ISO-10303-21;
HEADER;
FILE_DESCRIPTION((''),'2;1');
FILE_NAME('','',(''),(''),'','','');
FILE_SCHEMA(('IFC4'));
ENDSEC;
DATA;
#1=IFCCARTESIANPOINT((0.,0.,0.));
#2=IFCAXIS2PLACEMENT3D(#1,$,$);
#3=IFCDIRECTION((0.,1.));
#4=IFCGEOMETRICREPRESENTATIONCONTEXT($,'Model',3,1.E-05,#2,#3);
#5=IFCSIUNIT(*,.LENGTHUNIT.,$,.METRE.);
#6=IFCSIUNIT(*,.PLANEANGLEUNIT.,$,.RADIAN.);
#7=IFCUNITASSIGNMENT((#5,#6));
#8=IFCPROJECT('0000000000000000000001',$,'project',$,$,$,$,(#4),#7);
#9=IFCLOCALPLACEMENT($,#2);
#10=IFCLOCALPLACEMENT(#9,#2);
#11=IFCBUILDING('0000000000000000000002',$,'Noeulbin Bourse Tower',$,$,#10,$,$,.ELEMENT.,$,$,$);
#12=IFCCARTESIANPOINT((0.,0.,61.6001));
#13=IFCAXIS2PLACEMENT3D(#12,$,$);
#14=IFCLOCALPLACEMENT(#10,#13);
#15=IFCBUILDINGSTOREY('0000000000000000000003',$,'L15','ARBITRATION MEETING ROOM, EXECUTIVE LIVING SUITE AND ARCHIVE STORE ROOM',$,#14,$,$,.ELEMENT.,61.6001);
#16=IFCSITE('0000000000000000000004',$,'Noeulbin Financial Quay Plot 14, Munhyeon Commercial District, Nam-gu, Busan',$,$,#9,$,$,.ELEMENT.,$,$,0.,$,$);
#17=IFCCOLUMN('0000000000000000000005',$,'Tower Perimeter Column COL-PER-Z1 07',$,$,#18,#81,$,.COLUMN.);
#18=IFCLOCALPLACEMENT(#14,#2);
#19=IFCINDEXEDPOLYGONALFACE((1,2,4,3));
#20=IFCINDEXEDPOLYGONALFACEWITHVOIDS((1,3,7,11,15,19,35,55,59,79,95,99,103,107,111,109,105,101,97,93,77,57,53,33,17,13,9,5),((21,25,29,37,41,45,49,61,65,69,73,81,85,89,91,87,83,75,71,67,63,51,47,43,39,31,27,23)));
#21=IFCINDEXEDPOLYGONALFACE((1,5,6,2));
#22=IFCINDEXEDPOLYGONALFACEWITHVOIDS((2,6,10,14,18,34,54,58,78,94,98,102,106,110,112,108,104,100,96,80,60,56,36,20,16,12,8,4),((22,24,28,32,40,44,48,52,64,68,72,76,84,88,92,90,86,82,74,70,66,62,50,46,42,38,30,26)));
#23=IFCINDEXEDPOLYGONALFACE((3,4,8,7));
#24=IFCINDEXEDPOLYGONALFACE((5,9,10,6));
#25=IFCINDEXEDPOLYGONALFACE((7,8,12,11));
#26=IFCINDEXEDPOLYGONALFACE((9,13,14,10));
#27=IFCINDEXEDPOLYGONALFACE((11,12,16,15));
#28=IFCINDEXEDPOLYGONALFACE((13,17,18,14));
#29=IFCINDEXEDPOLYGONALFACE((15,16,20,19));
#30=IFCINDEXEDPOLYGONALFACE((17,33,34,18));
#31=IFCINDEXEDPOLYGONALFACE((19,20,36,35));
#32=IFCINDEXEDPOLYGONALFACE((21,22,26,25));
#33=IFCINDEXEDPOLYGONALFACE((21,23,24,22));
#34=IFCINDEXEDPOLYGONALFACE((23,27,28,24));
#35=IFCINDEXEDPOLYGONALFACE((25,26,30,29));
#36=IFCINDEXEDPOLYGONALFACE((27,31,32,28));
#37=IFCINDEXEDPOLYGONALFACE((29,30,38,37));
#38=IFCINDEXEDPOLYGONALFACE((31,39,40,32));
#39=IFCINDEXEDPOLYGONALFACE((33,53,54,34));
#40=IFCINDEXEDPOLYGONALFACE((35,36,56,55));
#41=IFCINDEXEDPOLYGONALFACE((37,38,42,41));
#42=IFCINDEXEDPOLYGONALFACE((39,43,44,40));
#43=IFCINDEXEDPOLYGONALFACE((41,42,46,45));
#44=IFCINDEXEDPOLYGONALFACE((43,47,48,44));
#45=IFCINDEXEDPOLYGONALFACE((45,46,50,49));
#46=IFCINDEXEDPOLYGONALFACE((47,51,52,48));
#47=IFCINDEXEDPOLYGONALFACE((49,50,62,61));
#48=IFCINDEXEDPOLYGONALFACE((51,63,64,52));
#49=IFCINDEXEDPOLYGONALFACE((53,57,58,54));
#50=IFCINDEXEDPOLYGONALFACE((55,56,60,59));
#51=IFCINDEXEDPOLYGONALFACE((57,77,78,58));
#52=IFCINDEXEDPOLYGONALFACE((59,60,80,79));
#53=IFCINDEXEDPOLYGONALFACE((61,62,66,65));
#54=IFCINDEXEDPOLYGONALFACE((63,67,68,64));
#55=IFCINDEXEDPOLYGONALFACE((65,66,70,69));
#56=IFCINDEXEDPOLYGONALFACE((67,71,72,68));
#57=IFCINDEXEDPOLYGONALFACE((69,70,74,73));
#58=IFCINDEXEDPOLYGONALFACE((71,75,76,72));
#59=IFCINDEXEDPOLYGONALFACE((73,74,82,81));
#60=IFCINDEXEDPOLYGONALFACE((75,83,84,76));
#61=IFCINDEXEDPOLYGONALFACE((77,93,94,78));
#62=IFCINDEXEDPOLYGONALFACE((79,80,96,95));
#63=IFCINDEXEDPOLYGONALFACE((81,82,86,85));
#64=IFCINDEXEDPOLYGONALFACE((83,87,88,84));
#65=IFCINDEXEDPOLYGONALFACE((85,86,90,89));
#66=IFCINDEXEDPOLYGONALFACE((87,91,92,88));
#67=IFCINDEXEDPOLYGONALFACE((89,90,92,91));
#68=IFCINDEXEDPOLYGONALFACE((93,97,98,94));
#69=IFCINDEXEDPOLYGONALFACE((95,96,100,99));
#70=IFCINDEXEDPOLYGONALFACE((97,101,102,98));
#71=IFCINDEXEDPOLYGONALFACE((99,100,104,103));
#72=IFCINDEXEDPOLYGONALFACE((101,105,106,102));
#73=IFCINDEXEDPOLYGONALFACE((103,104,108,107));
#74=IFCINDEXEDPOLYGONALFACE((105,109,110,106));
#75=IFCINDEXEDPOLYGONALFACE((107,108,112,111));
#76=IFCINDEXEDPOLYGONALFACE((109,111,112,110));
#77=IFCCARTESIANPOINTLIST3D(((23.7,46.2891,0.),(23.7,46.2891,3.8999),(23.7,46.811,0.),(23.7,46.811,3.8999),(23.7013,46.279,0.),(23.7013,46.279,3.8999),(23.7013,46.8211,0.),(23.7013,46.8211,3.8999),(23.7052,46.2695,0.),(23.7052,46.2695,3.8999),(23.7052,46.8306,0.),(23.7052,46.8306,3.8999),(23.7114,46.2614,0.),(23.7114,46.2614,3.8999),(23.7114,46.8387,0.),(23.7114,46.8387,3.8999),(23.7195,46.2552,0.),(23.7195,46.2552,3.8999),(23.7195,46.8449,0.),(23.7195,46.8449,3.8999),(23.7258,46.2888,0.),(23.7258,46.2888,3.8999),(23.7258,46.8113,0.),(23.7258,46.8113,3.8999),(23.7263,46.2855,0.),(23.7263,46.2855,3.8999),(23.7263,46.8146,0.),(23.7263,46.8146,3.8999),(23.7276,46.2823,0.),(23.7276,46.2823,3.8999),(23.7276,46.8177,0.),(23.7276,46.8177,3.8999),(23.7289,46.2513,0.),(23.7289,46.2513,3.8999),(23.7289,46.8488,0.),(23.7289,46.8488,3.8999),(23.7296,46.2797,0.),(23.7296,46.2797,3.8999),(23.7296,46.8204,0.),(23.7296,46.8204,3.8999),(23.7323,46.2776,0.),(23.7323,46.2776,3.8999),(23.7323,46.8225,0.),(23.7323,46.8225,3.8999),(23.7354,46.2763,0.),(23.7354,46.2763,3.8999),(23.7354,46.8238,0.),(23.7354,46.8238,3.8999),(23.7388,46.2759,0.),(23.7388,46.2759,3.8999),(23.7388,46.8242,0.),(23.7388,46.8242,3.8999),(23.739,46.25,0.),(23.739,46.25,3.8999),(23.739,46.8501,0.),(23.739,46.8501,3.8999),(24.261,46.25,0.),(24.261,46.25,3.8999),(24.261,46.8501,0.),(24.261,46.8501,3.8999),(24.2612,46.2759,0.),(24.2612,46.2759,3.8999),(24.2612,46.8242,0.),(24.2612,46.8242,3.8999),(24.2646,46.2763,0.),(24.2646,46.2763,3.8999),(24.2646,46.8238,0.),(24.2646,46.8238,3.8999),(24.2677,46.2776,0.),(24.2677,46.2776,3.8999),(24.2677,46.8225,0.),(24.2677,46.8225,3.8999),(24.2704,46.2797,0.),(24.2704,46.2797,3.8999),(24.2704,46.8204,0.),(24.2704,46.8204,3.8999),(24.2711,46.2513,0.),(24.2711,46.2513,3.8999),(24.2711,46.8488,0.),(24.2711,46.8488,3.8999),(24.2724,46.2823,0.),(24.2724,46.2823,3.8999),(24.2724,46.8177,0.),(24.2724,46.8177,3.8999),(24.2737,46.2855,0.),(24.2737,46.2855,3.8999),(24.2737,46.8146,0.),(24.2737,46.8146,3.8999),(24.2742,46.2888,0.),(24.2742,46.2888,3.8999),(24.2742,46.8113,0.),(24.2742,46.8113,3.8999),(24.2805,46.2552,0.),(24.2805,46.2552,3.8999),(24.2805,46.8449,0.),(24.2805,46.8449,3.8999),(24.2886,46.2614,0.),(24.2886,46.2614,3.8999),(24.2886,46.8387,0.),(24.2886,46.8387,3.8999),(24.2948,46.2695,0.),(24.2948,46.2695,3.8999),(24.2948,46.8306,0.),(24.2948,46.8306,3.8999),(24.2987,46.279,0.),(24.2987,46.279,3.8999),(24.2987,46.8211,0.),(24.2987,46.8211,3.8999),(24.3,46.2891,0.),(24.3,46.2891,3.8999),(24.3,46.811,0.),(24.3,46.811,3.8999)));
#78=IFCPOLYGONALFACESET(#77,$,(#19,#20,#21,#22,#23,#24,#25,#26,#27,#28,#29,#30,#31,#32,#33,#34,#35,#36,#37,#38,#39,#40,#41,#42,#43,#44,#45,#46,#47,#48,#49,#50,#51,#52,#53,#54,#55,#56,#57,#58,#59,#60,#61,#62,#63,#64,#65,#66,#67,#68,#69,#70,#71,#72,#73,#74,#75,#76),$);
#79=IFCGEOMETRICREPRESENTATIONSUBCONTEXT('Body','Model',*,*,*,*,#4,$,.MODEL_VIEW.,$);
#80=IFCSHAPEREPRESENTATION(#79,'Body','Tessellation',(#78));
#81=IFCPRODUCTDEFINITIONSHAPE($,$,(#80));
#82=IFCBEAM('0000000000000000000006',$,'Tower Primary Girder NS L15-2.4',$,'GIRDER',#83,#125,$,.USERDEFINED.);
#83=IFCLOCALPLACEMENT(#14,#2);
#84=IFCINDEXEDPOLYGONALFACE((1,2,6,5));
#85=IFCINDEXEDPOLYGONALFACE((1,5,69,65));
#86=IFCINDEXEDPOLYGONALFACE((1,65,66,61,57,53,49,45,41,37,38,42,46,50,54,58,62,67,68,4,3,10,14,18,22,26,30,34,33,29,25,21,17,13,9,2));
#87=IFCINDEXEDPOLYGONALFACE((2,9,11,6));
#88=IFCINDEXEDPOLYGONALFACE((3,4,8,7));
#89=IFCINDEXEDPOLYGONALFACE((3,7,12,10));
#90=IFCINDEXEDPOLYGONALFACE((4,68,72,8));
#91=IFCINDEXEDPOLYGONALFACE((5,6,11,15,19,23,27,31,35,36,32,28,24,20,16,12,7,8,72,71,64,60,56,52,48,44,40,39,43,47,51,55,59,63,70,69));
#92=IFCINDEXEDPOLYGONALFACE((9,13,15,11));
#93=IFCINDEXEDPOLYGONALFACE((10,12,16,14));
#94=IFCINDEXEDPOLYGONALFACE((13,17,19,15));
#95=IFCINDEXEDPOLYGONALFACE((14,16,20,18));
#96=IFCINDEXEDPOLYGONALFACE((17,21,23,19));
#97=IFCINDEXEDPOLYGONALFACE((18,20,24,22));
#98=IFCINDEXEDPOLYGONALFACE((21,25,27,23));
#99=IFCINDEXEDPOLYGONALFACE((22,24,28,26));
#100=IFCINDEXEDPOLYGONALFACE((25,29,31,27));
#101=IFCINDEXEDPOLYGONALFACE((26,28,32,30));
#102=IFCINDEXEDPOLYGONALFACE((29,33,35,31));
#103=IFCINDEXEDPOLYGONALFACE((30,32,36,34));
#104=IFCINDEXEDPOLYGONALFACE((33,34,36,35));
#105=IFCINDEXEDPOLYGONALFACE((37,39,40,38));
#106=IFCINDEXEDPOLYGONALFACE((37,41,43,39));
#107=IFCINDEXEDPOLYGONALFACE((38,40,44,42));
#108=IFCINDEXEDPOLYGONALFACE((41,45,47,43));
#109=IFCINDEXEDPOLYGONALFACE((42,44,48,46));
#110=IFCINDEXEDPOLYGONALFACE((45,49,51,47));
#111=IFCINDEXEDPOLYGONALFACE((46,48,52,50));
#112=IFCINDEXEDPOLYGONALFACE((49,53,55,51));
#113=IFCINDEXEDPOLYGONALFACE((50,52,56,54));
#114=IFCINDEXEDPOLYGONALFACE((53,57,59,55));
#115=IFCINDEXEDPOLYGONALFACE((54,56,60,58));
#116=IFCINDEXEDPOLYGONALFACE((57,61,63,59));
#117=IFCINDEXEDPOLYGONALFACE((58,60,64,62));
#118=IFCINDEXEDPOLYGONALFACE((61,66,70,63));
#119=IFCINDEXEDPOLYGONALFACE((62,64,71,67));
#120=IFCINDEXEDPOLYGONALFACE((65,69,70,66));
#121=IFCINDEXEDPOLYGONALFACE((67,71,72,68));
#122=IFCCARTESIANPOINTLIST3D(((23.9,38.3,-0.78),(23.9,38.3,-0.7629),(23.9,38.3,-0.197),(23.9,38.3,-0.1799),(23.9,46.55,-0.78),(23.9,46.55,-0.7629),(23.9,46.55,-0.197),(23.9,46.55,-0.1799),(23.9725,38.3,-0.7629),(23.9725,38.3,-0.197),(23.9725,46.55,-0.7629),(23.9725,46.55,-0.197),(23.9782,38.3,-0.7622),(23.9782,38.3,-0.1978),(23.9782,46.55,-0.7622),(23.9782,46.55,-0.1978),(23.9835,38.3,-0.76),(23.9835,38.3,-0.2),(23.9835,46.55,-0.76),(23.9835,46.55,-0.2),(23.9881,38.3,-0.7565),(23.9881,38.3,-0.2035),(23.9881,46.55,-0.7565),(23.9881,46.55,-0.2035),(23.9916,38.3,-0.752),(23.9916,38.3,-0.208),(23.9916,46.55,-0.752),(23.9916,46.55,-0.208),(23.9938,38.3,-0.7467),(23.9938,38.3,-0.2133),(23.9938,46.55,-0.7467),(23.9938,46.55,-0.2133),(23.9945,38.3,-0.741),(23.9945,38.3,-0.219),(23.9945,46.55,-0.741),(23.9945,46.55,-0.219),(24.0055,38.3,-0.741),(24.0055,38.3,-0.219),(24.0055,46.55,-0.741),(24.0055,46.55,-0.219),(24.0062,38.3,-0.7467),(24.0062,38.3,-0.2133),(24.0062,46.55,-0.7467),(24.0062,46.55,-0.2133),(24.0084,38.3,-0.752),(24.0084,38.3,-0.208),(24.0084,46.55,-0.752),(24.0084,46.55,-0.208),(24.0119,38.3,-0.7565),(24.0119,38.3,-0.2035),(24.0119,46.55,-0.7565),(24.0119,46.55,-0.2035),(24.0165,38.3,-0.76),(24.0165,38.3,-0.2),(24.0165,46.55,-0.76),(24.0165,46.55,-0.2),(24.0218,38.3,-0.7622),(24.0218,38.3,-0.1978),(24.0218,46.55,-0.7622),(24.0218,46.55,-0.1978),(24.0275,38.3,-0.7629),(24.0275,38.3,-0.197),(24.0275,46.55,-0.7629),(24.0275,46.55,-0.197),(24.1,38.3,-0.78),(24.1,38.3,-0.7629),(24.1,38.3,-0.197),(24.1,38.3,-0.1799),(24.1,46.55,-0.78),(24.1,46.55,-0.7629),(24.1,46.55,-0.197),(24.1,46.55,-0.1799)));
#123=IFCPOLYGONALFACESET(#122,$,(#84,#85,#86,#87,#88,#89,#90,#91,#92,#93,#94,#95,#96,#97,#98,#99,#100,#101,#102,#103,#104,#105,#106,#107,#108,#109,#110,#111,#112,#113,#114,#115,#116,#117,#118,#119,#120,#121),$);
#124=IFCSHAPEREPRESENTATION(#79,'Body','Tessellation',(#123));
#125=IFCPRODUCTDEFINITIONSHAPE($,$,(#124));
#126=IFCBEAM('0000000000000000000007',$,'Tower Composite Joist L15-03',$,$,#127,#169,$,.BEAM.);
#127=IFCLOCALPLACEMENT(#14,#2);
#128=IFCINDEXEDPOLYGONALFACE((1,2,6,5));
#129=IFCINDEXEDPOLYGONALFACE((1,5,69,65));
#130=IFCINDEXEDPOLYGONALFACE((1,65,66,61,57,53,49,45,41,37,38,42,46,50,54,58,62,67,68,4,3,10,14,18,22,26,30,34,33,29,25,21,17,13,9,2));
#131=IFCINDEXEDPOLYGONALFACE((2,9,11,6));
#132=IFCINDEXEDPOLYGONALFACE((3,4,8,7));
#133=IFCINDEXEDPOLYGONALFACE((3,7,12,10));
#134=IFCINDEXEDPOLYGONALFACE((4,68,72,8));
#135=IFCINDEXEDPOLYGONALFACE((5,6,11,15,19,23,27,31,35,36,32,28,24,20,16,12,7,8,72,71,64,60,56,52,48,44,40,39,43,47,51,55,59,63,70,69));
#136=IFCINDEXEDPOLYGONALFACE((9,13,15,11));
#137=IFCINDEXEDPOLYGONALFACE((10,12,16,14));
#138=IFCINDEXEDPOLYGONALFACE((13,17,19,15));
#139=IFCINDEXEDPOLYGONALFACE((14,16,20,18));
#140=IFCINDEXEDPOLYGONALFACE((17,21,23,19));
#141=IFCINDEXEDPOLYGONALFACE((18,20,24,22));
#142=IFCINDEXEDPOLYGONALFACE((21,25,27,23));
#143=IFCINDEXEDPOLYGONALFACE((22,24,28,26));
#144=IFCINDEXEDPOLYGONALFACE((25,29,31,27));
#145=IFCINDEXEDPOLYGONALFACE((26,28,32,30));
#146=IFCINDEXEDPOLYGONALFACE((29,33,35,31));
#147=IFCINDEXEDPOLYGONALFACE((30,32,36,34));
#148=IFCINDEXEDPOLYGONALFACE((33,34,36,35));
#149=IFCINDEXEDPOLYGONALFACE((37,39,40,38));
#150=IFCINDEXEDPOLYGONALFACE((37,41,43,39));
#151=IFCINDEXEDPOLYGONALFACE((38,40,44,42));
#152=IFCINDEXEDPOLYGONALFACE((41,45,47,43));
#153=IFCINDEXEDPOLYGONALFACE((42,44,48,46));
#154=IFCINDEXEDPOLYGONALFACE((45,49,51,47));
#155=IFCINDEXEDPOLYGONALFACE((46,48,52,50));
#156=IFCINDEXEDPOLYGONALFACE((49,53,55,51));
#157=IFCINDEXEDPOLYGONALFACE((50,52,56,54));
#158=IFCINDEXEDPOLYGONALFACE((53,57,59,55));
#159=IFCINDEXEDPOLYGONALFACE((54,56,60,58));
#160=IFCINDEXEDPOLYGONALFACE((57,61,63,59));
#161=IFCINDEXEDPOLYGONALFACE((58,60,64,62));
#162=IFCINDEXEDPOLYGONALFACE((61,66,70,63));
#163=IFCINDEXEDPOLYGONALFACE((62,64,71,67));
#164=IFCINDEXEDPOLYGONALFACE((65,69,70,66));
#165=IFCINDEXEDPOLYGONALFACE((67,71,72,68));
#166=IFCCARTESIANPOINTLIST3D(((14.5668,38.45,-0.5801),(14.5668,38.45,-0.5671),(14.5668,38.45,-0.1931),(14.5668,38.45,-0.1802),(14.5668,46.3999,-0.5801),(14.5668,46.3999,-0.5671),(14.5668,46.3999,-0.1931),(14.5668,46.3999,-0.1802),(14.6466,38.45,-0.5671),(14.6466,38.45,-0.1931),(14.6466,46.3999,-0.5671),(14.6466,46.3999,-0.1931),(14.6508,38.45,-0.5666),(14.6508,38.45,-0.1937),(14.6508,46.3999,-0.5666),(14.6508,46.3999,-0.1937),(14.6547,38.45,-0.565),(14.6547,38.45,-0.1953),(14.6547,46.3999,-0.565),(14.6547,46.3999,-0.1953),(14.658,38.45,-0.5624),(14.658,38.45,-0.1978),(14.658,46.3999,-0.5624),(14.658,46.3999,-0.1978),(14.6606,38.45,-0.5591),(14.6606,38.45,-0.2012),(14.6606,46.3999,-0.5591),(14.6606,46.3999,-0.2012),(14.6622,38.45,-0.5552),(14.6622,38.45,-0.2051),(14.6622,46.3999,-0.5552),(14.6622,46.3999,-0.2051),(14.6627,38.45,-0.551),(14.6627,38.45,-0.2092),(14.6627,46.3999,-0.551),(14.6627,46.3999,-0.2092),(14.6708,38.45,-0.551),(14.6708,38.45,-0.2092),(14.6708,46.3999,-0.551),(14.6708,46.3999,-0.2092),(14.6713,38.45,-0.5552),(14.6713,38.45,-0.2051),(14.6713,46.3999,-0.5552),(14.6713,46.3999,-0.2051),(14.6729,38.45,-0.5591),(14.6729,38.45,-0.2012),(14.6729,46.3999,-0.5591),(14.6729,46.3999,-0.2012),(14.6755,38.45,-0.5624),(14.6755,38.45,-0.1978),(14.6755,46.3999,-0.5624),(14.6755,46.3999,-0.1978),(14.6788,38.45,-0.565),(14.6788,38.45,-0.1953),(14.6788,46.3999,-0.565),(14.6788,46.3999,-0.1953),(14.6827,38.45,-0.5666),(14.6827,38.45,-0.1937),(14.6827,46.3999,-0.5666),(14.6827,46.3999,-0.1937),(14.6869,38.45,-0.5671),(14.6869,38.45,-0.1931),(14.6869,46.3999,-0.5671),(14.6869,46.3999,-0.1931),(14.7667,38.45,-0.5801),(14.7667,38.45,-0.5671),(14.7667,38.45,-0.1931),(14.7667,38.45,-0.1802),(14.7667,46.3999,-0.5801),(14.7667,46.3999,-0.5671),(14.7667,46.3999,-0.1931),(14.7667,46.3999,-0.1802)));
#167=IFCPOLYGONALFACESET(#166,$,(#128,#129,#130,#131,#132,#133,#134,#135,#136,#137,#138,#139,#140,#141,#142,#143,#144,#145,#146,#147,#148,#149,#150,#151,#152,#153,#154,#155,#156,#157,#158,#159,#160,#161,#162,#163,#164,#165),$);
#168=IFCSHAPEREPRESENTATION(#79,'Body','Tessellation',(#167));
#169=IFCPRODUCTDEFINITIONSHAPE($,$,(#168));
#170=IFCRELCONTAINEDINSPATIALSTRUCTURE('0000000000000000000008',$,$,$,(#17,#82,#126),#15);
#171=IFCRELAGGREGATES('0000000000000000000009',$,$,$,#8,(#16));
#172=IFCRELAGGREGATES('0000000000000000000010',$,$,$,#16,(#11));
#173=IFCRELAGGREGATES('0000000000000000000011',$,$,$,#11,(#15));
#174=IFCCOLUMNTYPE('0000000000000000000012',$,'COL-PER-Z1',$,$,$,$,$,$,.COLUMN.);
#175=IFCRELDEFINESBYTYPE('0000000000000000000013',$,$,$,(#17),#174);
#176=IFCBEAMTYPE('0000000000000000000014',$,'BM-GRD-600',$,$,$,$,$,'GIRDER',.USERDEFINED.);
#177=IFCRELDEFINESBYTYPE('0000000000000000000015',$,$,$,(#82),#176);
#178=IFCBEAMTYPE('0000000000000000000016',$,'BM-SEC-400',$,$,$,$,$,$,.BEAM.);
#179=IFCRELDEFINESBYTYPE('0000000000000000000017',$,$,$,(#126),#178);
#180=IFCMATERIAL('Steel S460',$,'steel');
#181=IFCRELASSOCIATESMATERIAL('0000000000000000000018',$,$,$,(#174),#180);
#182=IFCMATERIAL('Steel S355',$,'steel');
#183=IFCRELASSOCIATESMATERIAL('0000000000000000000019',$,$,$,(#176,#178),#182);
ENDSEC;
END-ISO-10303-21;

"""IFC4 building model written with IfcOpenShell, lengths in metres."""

from ifc_helpers import new_model, si_unit, direction, frame, origin, origin_2d, place, context, subcontext, project, spatial, hollow_rectangle, i_section, extrude, material, material_profile, profile_set, type_object, element, save


model = new_model("IFC4")

# Units and contexts
model_context = context("Model", 3, precision=1e-05, world=origin(), true_north=direction((0.0, 1.0)))
body_context = subcontext(model_context, "Body", "Model", "MODEL_VIEW")
ifc_project = project(units=[si_unit("LENGTHUNIT", "METRE"), si_unit("PLANEANGLEUNIT", "RADIAN")], contexts=[model_context])

# Site, building, storey
site_placement = place(None, origin())
site = spatial("IfcSite", under=ifc_project, at=site_placement, Name="Noeulbin Financial Quay Plot 14, Munhyeon Commercial District, Nam-gu, Busan", CompositionType="ELEMENT", RefElevation=0.0)
building_placement = place(site_placement, origin())
building = spatial("IfcBuilding", under=site, at=building_placement, Name="Noeulbin Bourse Tower", CompositionType="ELEMENT")
storey_placement = place(building_placement, frame((0.0, 0.0, 61.6001)))
storey = spatial("IfcBuildingStorey", under=building, at=storey_placement, Name="L15", Description="ARBITRATION MEETING ROOM, EXECUTIVE LIVING SUITE AND ARCHIVE STORE ROOM", CompositionType="ELEMENT", Elevation=61.6001)

# Column
ifc_material_1 = material(Name="Steel S460", Category="steel")
ifc_material_profile_1 = material_profile(ifc_material_1, hollow_rectangle(XDim=0.6001, YDim=0.6001, WallThickness=0.0259, InnerFilletRadius=0.0129, OuterFilletRadius=0.0391, at=origin_2d()), Name="BOX-600x600x26", Category="LoadBearing")
ifc_profile_set_1 = profile_set([ifc_material_profile_1], Name="Steel S460")
column_type = type_object("IfcColumnType", Name="COL-PER-Z1", PredefinedType="COLUMN", material=ifc_profile_set_1)
column_placement = place(storey_placement, frame((24.0, 46.55, 0.0), z_axis=(0.0, 0.0, 1.0), x_axis=(1.0, 0.0, 0.0)))
element("IfcColumn", 1, at=column_placement, inside=storey, type_object=column_type, Name="Tower Perimeter Column COL-PER-Z1 07", PredefinedType="COLUMN", context=body_context, shape_type="SweptSolid", body=[
    extrude(hollow_rectangle(XDim=0.6001, YDim=0.6001, WallThickness=0.0259, InnerFilletRadius=0.0129, OuterFilletRadius=0.0391, at=origin_2d()), origin(), (0.0, 0.0, 1.0), 3.8999),
])

# Beams
ifc_material_2 = material(Name="Steel S355", Category="steel")
ifc_material_profile_2 = material_profile(ifc_material_2, i_section(OverallWidth=0.2, OverallDepth=0.6001, WebThickness=0.011, FlangeThickness=0.0171, FilletRadius=0.022, at=origin_2d()), Name="H-600x200x11x17", Category="LoadBearing")
ifc_profile_set_2 = profile_set([ifc_material_profile_2], Name="Steel S355")
beam_type_1 = type_object("IfcBeamType", Name="BM-GRD-600", ElementType="GIRDER", PredefinedType="USERDEFINED", material=ifc_profile_set_2)
beam_1_placement = place(storey_placement, frame((24.0, 38.3, -0.48), z_axis=(0.0, 1.0, 0.0), x_axis=(-1.0, 0.0, 0.0)))
element("IfcBeam", 2, at=beam_1_placement, inside=storey, type_object=beam_type_1, Name="Tower Primary Girder NS L15-2.4", ObjectType="GIRDER", PredefinedType="USERDEFINED", context=body_context, shape_type="SweptSolid", body=[
    extrude(i_section(OverallWidth=0.2, OverallDepth=0.6001, WebThickness=0.011, FlangeThickness=0.0171, FilletRadius=0.022, at=origin_2d()), origin(), (0.0, 0.0, 1.0), 8.25),
])
ifc_material_profile_3 = material_profile(ifc_material_2, i_section(OverallWidth=0.2, OverallDepth=0.3999, WebThickness=0.0081, FlangeThickness=0.0129, FilletRadius=0.0161, at=origin_2d()), Name="H-400x200x8x13", Category="LoadBearing")
ifc_profile_set_3 = profile_set([ifc_material_profile_3], Name="Steel S355")
beam_type_2 = type_object("IfcBeamType", Name="BM-SEC-400", PredefinedType="BEAM", material=ifc_profile_set_3)
for number, where, z_axis, x_axis, name in (
    (3, (14.6667, 38.45, -0.3801), (0.0, 1.0, 0.0), (-1.0, 0.0, 0.0), "Tower Composite Joist L15-03"),
):
    element("IfcBeam", number, at=place(storey_placement, frame(where, z_axis=z_axis, x_axis=x_axis)), inside=storey, type_object=beam_type_2, Name=name, PredefinedType="BEAM", context=body_context, shape_type="SweptSolid", body=[
        extrude(i_section(OverallWidth=0.2, OverallDepth=0.3999, WebThickness=0.0081, FlangeThickness=0.0129, FilletRadius=0.0161, at=origin_2d()), origin(), (0.0, 0.0, 1.0), 7.95),
    ])

save(model, "model.ifc")
